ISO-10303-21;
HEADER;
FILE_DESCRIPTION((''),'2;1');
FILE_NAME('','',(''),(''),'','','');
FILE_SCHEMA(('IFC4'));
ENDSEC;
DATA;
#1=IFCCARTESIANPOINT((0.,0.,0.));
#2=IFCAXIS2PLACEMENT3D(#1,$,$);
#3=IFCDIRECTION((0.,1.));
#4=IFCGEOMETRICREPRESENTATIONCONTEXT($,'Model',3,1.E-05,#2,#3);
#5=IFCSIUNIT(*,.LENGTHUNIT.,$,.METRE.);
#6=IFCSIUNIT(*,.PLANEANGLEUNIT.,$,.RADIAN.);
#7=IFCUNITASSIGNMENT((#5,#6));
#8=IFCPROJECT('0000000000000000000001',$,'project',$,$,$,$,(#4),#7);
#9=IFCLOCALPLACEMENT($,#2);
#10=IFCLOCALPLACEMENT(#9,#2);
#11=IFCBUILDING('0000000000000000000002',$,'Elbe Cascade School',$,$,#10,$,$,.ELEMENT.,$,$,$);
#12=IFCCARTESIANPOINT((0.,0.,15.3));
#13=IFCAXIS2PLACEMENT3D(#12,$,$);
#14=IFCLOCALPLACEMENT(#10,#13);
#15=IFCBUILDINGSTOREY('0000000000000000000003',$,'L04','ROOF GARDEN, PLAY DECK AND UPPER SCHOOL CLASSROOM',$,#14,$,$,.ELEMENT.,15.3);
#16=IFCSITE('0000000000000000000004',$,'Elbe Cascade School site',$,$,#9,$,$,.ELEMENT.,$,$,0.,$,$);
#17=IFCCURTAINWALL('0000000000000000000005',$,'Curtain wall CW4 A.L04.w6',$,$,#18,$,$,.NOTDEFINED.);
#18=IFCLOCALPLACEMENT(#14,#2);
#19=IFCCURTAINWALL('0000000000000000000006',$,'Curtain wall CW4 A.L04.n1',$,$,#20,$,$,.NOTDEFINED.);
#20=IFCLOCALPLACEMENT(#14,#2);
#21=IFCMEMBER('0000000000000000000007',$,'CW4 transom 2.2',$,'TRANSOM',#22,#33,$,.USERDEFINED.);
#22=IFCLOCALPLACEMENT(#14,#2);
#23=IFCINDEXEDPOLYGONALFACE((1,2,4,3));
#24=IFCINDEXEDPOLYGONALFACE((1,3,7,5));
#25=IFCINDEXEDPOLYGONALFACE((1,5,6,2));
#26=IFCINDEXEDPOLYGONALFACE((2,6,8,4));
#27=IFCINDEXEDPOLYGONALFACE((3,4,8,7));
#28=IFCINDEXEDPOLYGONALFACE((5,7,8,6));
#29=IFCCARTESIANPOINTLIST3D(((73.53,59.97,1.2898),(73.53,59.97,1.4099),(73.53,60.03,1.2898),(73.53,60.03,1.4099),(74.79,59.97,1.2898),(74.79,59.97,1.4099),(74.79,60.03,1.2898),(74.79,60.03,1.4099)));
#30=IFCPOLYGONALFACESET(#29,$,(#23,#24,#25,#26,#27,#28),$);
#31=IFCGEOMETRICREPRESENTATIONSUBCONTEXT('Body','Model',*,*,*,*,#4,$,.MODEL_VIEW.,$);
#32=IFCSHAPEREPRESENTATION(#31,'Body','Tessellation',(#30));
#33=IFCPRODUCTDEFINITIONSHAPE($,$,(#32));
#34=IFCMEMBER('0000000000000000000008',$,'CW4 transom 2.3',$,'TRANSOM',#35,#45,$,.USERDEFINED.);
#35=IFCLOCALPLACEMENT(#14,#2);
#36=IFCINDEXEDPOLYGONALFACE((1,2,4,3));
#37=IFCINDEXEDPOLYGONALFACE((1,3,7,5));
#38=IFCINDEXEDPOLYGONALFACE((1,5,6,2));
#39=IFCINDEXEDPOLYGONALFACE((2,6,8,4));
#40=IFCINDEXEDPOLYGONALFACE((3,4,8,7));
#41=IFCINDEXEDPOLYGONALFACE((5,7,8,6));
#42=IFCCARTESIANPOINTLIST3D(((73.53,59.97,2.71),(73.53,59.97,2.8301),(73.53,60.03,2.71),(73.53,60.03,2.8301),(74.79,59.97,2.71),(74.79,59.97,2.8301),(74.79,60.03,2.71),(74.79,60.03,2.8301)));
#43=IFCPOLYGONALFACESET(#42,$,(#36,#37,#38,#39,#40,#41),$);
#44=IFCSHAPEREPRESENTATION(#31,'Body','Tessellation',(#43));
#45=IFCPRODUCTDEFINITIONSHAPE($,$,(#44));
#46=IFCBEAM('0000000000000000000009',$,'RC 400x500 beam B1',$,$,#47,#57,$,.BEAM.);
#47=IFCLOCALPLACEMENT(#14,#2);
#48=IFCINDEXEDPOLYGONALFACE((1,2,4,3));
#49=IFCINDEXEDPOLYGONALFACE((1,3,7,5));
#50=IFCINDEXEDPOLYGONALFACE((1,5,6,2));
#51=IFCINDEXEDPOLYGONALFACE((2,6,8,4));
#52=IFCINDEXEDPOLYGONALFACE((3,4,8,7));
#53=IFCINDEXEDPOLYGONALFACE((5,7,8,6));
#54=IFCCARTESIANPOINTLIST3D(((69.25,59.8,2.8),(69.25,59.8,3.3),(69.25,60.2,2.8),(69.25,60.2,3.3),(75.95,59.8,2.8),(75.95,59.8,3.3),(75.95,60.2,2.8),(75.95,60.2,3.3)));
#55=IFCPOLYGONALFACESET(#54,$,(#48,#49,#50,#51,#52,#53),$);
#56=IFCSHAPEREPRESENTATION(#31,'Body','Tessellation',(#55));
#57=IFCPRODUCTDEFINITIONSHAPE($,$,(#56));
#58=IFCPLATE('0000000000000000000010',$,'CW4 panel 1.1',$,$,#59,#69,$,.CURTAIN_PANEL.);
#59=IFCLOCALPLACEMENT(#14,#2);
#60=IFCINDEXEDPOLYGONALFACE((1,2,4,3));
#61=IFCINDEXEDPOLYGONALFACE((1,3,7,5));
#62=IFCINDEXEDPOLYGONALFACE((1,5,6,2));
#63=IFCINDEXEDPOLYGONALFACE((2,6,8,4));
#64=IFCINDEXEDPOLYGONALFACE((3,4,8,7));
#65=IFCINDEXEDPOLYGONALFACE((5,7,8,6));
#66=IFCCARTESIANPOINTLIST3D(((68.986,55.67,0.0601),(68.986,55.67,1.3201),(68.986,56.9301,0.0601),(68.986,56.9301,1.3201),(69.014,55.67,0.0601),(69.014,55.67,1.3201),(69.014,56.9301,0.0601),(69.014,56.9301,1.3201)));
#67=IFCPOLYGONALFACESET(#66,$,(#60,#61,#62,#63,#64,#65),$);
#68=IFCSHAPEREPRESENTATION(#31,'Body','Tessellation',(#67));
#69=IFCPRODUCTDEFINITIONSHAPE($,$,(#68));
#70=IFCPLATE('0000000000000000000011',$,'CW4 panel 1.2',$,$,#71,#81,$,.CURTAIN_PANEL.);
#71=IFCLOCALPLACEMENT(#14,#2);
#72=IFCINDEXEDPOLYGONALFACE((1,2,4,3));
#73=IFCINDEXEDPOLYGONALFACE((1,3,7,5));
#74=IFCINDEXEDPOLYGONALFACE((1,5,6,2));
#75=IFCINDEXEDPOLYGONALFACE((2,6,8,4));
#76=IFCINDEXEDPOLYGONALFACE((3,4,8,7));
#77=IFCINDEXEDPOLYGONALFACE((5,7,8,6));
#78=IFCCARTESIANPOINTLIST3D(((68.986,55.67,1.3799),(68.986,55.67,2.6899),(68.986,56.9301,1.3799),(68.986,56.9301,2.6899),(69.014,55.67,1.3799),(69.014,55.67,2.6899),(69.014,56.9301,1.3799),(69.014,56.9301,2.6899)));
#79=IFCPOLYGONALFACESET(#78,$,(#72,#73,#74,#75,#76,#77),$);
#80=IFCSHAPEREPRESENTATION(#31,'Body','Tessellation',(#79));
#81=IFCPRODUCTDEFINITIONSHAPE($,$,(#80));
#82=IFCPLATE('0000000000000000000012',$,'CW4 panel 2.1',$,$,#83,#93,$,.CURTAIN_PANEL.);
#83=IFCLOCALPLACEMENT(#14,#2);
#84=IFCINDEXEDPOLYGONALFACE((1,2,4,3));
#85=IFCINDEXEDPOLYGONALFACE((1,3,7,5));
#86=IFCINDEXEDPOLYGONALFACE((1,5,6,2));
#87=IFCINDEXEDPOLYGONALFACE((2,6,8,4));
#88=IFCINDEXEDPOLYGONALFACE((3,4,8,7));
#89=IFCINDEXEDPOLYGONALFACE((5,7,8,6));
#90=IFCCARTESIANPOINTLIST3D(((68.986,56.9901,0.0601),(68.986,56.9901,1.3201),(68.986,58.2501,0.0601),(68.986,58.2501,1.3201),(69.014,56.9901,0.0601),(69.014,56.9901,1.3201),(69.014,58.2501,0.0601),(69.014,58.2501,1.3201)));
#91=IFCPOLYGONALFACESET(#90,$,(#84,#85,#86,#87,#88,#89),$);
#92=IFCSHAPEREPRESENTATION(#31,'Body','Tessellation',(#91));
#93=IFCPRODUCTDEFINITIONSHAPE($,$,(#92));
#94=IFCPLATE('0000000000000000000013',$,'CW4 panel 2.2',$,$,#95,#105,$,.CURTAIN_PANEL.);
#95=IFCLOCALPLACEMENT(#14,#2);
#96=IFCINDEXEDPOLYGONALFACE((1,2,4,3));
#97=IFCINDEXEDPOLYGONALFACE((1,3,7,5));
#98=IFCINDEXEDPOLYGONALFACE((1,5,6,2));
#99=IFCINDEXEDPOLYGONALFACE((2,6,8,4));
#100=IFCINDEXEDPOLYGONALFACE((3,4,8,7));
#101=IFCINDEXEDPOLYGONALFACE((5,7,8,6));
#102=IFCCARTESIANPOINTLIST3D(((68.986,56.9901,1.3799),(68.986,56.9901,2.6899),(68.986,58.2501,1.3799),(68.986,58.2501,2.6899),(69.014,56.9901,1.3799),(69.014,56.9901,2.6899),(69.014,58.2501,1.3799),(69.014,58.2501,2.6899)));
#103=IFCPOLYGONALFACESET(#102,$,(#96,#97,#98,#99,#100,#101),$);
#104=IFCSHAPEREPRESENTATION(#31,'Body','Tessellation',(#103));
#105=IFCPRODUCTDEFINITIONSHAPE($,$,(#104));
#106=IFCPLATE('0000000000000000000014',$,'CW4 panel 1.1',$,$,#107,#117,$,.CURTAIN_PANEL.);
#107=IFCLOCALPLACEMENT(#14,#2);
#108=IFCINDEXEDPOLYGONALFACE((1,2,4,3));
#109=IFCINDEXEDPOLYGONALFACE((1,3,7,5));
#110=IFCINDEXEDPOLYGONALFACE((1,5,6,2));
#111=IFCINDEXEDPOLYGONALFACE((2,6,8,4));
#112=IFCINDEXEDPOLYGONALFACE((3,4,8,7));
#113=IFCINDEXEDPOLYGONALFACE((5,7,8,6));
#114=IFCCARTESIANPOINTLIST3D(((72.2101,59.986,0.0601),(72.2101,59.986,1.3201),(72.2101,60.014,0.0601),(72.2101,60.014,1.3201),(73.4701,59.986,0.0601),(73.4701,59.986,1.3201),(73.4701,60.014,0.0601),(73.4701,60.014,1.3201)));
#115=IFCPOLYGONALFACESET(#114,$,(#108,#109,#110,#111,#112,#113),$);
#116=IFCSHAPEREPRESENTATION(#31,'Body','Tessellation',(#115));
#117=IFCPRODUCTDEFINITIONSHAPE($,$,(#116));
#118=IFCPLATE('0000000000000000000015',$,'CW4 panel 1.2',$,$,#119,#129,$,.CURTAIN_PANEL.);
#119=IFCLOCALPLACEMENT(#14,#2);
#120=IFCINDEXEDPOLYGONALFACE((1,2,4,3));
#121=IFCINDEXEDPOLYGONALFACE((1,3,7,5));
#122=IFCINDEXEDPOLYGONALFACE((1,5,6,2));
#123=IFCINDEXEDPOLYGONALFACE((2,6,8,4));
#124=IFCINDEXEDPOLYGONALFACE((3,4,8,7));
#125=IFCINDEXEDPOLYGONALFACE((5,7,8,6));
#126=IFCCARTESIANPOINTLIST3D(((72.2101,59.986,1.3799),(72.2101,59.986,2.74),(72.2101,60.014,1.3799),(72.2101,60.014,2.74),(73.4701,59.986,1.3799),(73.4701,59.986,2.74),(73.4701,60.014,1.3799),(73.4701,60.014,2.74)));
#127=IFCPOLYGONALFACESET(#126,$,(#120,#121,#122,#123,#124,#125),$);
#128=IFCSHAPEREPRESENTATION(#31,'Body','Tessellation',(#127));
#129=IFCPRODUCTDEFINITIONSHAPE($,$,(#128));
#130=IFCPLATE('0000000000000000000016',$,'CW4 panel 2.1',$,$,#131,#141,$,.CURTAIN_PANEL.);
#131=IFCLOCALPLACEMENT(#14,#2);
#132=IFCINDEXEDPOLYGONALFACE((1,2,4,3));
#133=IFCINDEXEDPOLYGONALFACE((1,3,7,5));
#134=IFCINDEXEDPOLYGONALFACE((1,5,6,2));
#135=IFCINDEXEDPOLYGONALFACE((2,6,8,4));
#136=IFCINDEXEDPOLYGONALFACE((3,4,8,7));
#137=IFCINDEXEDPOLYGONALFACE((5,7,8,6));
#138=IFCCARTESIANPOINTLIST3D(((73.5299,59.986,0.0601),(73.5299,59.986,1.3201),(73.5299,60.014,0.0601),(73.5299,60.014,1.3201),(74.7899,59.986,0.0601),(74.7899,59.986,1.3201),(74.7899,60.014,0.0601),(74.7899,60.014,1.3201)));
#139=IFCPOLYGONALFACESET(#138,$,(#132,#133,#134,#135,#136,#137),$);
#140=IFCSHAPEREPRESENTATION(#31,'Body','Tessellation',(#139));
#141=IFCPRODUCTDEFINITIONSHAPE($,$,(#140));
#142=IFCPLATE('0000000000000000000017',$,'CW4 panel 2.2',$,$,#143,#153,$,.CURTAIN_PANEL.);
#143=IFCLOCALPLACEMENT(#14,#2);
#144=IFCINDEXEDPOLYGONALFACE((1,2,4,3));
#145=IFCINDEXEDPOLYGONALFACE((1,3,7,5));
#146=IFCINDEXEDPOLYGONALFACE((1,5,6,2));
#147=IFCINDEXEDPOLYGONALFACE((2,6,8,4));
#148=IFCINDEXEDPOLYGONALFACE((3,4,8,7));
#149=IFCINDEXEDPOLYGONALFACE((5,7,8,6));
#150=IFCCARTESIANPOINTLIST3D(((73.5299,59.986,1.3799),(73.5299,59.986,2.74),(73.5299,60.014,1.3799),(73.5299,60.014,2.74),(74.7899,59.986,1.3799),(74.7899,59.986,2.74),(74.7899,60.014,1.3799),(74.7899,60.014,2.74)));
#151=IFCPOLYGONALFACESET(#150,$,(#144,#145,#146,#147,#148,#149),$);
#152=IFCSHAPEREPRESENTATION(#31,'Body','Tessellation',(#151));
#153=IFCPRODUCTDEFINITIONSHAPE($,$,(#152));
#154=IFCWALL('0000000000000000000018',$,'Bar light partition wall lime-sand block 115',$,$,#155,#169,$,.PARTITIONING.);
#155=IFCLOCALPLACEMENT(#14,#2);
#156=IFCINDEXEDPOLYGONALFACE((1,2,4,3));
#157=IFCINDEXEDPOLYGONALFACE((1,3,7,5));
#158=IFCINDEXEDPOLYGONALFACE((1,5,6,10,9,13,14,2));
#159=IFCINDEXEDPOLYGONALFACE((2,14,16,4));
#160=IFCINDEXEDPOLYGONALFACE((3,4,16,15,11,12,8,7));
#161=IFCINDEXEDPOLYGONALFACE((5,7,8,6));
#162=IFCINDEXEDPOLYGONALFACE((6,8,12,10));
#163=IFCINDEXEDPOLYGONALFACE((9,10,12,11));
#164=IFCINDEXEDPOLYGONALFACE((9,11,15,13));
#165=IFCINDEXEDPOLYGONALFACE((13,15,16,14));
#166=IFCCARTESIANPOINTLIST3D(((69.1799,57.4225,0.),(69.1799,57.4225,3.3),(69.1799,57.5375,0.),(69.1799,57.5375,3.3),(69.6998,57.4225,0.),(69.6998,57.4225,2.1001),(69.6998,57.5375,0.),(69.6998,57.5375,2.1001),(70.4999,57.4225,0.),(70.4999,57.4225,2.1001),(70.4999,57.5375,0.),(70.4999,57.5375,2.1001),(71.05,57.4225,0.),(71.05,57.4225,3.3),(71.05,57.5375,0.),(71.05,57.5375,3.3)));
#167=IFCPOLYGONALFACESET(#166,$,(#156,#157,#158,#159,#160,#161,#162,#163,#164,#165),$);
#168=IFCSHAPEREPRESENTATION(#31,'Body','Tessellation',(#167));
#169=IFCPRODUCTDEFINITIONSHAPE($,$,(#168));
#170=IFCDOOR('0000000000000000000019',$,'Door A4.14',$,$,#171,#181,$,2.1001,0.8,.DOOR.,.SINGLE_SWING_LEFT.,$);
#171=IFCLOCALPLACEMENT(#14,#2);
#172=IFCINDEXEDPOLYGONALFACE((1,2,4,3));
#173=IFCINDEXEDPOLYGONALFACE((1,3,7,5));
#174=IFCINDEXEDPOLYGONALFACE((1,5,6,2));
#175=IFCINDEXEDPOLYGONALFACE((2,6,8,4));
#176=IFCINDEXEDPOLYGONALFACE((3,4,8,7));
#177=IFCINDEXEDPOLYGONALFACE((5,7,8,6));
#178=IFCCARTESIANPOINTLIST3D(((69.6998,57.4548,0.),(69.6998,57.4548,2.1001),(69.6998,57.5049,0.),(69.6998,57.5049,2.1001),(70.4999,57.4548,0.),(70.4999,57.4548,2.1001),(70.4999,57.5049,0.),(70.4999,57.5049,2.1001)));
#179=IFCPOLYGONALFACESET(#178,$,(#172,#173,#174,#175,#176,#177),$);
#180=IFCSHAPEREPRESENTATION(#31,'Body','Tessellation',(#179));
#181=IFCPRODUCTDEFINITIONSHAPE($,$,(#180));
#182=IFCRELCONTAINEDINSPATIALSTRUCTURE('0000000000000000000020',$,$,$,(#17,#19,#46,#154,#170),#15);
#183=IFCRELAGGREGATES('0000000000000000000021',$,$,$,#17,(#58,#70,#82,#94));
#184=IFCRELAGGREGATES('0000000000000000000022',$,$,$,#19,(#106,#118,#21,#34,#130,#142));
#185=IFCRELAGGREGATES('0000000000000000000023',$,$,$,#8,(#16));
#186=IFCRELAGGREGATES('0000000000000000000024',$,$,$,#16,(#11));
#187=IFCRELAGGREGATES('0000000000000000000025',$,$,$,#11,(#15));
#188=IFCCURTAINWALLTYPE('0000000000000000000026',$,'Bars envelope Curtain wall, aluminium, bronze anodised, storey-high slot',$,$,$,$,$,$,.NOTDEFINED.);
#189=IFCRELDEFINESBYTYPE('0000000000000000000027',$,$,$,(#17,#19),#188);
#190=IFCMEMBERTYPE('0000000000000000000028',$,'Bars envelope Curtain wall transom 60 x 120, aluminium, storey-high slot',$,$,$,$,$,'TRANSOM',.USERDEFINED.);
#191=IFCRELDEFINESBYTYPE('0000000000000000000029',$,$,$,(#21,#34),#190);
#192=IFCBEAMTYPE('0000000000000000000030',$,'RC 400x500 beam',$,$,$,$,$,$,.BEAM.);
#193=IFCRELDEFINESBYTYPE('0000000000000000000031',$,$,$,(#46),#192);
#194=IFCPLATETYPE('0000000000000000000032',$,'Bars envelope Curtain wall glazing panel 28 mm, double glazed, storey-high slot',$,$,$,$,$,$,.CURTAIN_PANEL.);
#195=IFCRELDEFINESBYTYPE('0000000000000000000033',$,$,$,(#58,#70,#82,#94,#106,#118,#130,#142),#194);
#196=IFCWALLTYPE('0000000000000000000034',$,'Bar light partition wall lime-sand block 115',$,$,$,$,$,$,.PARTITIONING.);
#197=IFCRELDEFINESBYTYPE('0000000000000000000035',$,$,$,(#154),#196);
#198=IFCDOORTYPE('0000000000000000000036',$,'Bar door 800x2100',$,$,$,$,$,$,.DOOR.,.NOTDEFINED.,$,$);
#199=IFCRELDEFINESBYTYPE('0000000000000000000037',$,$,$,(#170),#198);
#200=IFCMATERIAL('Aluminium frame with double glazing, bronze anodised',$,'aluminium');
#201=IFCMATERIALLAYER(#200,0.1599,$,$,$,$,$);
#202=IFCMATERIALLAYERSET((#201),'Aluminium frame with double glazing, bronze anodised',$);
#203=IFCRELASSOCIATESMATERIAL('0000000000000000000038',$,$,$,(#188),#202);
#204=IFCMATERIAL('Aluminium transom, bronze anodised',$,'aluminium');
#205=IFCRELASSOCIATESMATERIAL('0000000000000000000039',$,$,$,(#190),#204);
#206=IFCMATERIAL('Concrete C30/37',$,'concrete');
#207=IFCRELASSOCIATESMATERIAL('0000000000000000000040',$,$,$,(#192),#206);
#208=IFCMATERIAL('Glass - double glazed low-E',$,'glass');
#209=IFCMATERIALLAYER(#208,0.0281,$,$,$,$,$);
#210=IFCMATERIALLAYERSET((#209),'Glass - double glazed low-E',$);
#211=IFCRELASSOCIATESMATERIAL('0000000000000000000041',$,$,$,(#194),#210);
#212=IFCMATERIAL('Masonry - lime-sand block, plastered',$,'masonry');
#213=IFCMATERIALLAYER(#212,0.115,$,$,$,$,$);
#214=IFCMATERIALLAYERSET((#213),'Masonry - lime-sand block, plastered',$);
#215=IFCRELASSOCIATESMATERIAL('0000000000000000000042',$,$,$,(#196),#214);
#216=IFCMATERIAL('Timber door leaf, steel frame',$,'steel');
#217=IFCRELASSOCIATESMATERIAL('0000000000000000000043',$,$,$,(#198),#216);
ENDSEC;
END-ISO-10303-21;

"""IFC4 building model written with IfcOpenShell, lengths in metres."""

from ifc_helpers import new_model, si_unit, direction, frame, frame_2d, origin, origin_2d, place, context, subcontext, project, spatial, rectangle, extrude, material, layer, layer_set, material_profile, profile_set, type_object, element, fill, aggregate, save


model = new_model("IFC4")

# Units and contexts
model_context = context("Model", 3, precision=1e-05, world=origin(), true_north=direction((0.0, 1.0)))
body_context = subcontext(model_context, "Body", "Model", "MODEL_VIEW")
ifc_project = project(units=[si_unit("LENGTHUNIT", "METRE"), si_unit("PLANEANGLEUNIT", "RADIAN")], contexts=[model_context])

# Site, building, storey
site_placement = place(None, origin())
site = spatial("IfcSite", under=ifc_project, at=site_placement, Name="Elbe Cascade School site", CompositionType="ELEMENT", RefElevation=0.0)
building_placement = place(site_placement, origin())
building = spatial("IfcBuilding", under=site, at=building_placement, Name="Elbe Cascade School", CompositionType="ELEMENT")
storey_placement = place(building_placement, frame((0.0, 0.0, 15.3)))
storey = spatial("IfcBuildingStorey", under=building, at=storey_placement, Name="L04", Description="ROOF GARDEN, PLAY DECK AND UPPER SCHOOL CLASSROOM", CompositionType="ELEMENT", Elevation=15.3)

# Curtain walls
ifc_material_1 = material(Name="Aluminium frame with double glazing, bronze anodised", Category="aluminium")
ifc_layer_1 = layer(ifc_material_1, 0.1599)
ifc_layer_set_1 = layer_set([ifc_layer_1], Name="Aluminium frame with double glazing, bronze anodised")
curtain_wall_type = type_object("IfcCurtainWallType", Name="Bars envelope Curtain wall, aluminium, bronze anodised, storey-high slot", PredefinedType="NOTDEFINED", material=ifc_layer_set_1)
curtain_wall_1_placement = place(storey_placement, origin())
curtain_wall_1 = element("IfcCurtainWall", 1, at=curtain_wall_1_placement, inside=storey, type_object=curtain_wall_type, Name="Curtain wall CW4 A.L04.w6", PredefinedType="NOTDEFINED")
curtain_wall_2_placement = place(storey_placement, origin())
curtain_wall_2 = element("IfcCurtainWall", 2, at=curtain_wall_2_placement, inside=storey, type_object=curtain_wall_type, Name="Curtain wall CW4 A.L04.n1", PredefinedType="NOTDEFINED")

# Members
ifc_material_2 = material(Name="Aluminium transom, bronze anodised", Category="aluminium")
ifc_material_profile_1 = material_profile(ifc_material_2, rectangle(XDim=0.0601, YDim=0.1201, at=origin_2d()), Name="Bars envelope Curtain wall transom 60 x 120, aluminium, storey-high slot")
ifc_profile_set_1 = profile_set([ifc_material_profile_1], Name="Aluminium transom, bronze anodised")
member_type_1 = type_object("IfcMemberType", Name="Bars envelope Curtain wall transom 60 x 120, aluminium, storey-high slot", ElementType="TRANSOM", PredefinedType="USERDEFINED", material=ifc_profile_set_1)
member_1_placement = place(storey_placement, frame((73.53, 60.0, 1.3499), z_axis=(1.0, 0.0, 0.0), x_axis=(0.0, 1.0, 0.0)))
member_1 = element("IfcMember", 3, at=member_1_placement, type_object=member_type_1, Name="CW4 transom 2.2", ObjectType="TRANSOM", PredefinedType="USERDEFINED", context=body_context, shape_type="SweptSolid", body=[
    extrude(rectangle(XDim=0.0601, YDim=0.1201, at=origin_2d()), origin(), (0.0, 0.0, 1.0), 1.26),
])
member_2_placement = place(storey_placement, frame((73.53, 60.0, 2.77), z_axis=(1.0, 0.0, 0.0), x_axis=(0.0, 1.0, 0.0)))
member_2 = element("IfcMember", 4, at=member_2_placement, type_object=member_type_1, Name="CW4 transom 2.3", ObjectType="TRANSOM", PredefinedType="USERDEFINED", context=body_context, shape_type="SweptSolid", body=[
    extrude(rectangle(XDim=0.0601, YDim=0.1201, at=origin_2d()), origin(), (0.0, 0.0, 1.0), 1.26),
])

# Beam
ifc_material_3 = material(Name="Concrete C30/37", Category="concrete")
ifc_material_profile_2 = material_profile(ifc_material_3, rectangle(XDim=0.3999, YDim=0.5, at=origin_2d()), Name="RC 400x500")
ifc_profile_set_2 = profile_set([ifc_material_profile_2], Name="Concrete C30/37")
beam_type = type_object("IfcBeamType", Name="RC 400x500 beam", PredefinedType="BEAM", material=ifc_profile_set_2)
beam_placement = place(storey_placement, frame((69.25, 60.0, 3.05), z_axis=(1.0, 0.0, 0.0), x_axis=(0.0, 1.0, 0.0)))
element("IfcBeam", 5, at=beam_placement, inside=storey, type_object=beam_type, Name="RC 400x500 beam B1", PredefinedType="BEAM", context=body_context, shape_type="SweptSolid", body=[
    extrude(rectangle(XDim=0.3999, YDim=0.5, at=origin_2d()), origin(), (0.0, 0.0, 1.0), 6.7),
])

# Plates
ifc_material_4 = material(Name="Glass - double glazed low-E", Category="glass")
ifc_layer_2 = layer(ifc_material_4, 0.0281)
ifc_layer_set_2 = layer_set([ifc_layer_2], Name="Glass - double glazed low-E")
plate_type = type_object("IfcPlateType", Name="Bars envelope Curtain wall glazing panel 28 mm, double glazed, storey-high slot", PredefinedType="CURTAIN_PANEL", material=ifc_layer_set_2)
plate_1_placement = place(storey_placement, frame((69.0, 56.3, 0.0601), z_axis=(0.0, 0.0, 1.0), x_axis=(0.0, 1.0, 0.0)))
plate_1 = element("IfcPlate", 6, at=plate_1_placement, type_object=plate_type, Name="CW4 panel 1.1", PredefinedType="CURTAIN_PANEL", context=body_context, shape_type="SweptSolid", body=[
    extrude(rectangle(XDim=1.26, YDim=0.0281, at=origin_2d()), origin(), (0.0, 0.0, 1.0), 1.26),
])
plate_2_placement = place(storey_placement, frame((69.0, 56.3, 1.3799), z_axis=(0.0, 0.0, 1.0), x_axis=(0.0, 1.0, 0.0)))
plate_2 = element("IfcPlate", 7, at=plate_2_placement, type_object=plate_type, Name="CW4 panel 1.2", PredefinedType="CURTAIN_PANEL", context=body_context, shape_type="SweptSolid", body=[
    extrude(rectangle(XDim=1.26, YDim=0.0281, at=origin_2d()), origin(), (0.0, 0.0, 1.0), 1.3101),
])
plate_3_placement = place(storey_placement, frame((69.0, 57.6201, 0.0601), z_axis=(0.0, 0.0, 1.0), x_axis=(0.0, 1.0, 0.0)))
plate_3 = element("IfcPlate", 8, at=plate_3_placement, type_object=plate_type, Name="CW4 panel 2.1", PredefinedType="CURTAIN_PANEL", context=body_context, shape_type="SweptSolid", body=[
    extrude(rectangle(XDim=1.26, YDim=0.0281, at=origin_2d()), origin(), (0.0, 0.0, 1.0), 1.26),
])
plate_4_placement = place(storey_placement, frame((69.0, 57.6201, 1.3799), z_axis=(0.0, 0.0, 1.0), x_axis=(0.0, 1.0, 0.0)))
plate_4 = element("IfcPlate", 9, at=plate_4_placement, type_object=plate_type, Name="CW4 panel 2.2", PredefinedType="CURTAIN_PANEL", context=body_context, shape_type="SweptSolid", body=[
    extrude(rectangle(XDim=1.26, YDim=0.0281, at=origin_2d()), origin(), (0.0, 0.0, 1.0), 1.3101),
])
aggregate(curtain_wall_1, [plate_1, plate_2, plate_3, plate_4])
plate_5_placement = place(storey_placement, frame((72.8401, 60.0, 0.0601), z_axis=(0.0, 0.0, 1.0), x_axis=(1.0, 0.0, 0.0)))
plate_5 = element("IfcPlate", 10, at=plate_5_placement, type_object=plate_type, Name="CW4 panel 1.1", PredefinedType="CURTAIN_PANEL", context=body_context, shape_type="SweptSolid", body=[
    extrude(rectangle(XDim=1.26, YDim=0.0281, at=origin_2d()), origin(), (0.0, 0.0, 1.0), 1.26),
])
plate_6_placement = place(storey_placement, frame((72.8401, 60.0, 1.3799), z_axis=(0.0, 0.0, 1.0), x_axis=(1.0, 0.0, 0.0)))
plate_6 = element("IfcPlate", 11, at=plate_6_placement, type_object=plate_type, Name="CW4 panel 1.2", PredefinedType="CURTAIN_PANEL", context=body_context, shape_type="SweptSolid", body=[
    extrude(rectangle(XDim=1.26, YDim=0.0281, at=origin_2d()), origin(), (0.0, 0.0, 1.0), 1.3601),
])
plate_7_placement = place(storey_placement, frame((74.1599, 60.0, 0.0601), z_axis=(0.0, 0.0, 1.0), x_axis=(1.0, 0.0, 0.0)))
plate_7 = element("IfcPlate", 12, at=plate_7_placement, type_object=plate_type, Name="CW4 panel 2.1", PredefinedType="CURTAIN_PANEL", context=body_context, shape_type="SweptSolid", body=[
    extrude(rectangle(XDim=1.26, YDim=0.0281, at=origin_2d()), origin(), (0.0, 0.0, 1.0), 1.26),
])
plate_8_placement = place(storey_placement, frame((74.1599, 60.0, 1.3799), z_axis=(0.0, 0.0, 1.0), x_axis=(1.0, 0.0, 0.0)))
plate_8 = element("IfcPlate", 13, at=plate_8_placement, type_object=plate_type, Name="CW4 panel 2.2", PredefinedType="CURTAIN_PANEL", context=body_context, shape_type="SweptSolid", body=[
    extrude(rectangle(XDim=1.26, YDim=0.0281, at=origin_2d()), origin(), (0.0, 0.0, 1.0), 1.3601),
])
aggregate(curtain_wall_2, [plate_5, plate_6, member_1, member_2, plate_7, plate_8])

# Wall, opening, door
ifc_material_5 = material(Name="Masonry - lime-sand block, plastered", Category="masonry")
ifc_layer_3 = layer(ifc_material_5, 0.115)
ifc_layer_set_3 = layer_set([ifc_layer_3], Name="Masonry - lime-sand block, plastered")
wall_type_1 = type_object("IfcWallType", Name="Bar light partition wall lime-sand block 115", PredefinedType="PARTITIONING", material=ifc_layer_set_3)
wall_1_placement = place(storey_placement, frame((69.1799, 57.48, 0.0), z_axis=(0.0, 0.0, 1.0), x_axis=(1.0, 0.0, 0.0)))
wall_1 = element("IfcWall", 14, at=wall_1_placement, inside=storey, type_object=wall_type_1, Name="Bar light partition wall lime-sand block 115", PredefinedType="PARTITIONING", context=body_context, shape_type="SweptSolid", body=[
    extrude(rectangle(XDim=1.8701, YDim=0.115, at=frame_2d((0.9351, 0.0))), origin(), (0.0, 0.0, 1.0), 3.3),
])
opening_placement = place(wall_1_placement, frame((0.52, 0.0, 0.0)))
opening = element("IfcOpeningElement", 15, at=opening_placement, cuts=wall_1, PredefinedType="OPENING", context=body_context, shape_type="SweptSolid", body=[
    extrude(rectangle(XDim=0.8, YDim=2.1001, at=frame_2d((0.3999, 1.05))), frame((0.0, 0.0674, 0.0), z_axis=(0.0, -1.0, 0.0), x_axis=(1.0, 0.0, 0.0)), (0.0, 0.0, 1.0), 0.135),
])
ifc_material_6 = material(Name="Timber door leaf, steel frame", Category="steel")
door_type = type_object("IfcDoorType", Name="Bar door 800x2100", OperationType="NOTDEFINED", PredefinedType="DOOR", material=ifc_material_6)
door_placement = place(opening_placement, origin())
door = element("IfcDoor", 16, at=door_placement, inside=storey, type_object=door_type, Name="Door A4.14", OperationType="SINGLE_SWING_LEFT", OverallHeight=2.1001, OverallWidth=0.8, PredefinedType="DOOR", context=body_context, shape_type="SweptSolid", body=[
    extrude(rectangle(XDim=0.8, YDim=2.1001, at=frame_2d((0.3999, 1.05))), frame((0.0, 0.0249, 0.0), z_axis=(0.0, -1.0, 0.0), x_axis=(1.0, 0.0, 0.0)), (0.0, 0.0, 1.0), 0.05),
])
fill(opening, door)

save(model, "model.ifc")
